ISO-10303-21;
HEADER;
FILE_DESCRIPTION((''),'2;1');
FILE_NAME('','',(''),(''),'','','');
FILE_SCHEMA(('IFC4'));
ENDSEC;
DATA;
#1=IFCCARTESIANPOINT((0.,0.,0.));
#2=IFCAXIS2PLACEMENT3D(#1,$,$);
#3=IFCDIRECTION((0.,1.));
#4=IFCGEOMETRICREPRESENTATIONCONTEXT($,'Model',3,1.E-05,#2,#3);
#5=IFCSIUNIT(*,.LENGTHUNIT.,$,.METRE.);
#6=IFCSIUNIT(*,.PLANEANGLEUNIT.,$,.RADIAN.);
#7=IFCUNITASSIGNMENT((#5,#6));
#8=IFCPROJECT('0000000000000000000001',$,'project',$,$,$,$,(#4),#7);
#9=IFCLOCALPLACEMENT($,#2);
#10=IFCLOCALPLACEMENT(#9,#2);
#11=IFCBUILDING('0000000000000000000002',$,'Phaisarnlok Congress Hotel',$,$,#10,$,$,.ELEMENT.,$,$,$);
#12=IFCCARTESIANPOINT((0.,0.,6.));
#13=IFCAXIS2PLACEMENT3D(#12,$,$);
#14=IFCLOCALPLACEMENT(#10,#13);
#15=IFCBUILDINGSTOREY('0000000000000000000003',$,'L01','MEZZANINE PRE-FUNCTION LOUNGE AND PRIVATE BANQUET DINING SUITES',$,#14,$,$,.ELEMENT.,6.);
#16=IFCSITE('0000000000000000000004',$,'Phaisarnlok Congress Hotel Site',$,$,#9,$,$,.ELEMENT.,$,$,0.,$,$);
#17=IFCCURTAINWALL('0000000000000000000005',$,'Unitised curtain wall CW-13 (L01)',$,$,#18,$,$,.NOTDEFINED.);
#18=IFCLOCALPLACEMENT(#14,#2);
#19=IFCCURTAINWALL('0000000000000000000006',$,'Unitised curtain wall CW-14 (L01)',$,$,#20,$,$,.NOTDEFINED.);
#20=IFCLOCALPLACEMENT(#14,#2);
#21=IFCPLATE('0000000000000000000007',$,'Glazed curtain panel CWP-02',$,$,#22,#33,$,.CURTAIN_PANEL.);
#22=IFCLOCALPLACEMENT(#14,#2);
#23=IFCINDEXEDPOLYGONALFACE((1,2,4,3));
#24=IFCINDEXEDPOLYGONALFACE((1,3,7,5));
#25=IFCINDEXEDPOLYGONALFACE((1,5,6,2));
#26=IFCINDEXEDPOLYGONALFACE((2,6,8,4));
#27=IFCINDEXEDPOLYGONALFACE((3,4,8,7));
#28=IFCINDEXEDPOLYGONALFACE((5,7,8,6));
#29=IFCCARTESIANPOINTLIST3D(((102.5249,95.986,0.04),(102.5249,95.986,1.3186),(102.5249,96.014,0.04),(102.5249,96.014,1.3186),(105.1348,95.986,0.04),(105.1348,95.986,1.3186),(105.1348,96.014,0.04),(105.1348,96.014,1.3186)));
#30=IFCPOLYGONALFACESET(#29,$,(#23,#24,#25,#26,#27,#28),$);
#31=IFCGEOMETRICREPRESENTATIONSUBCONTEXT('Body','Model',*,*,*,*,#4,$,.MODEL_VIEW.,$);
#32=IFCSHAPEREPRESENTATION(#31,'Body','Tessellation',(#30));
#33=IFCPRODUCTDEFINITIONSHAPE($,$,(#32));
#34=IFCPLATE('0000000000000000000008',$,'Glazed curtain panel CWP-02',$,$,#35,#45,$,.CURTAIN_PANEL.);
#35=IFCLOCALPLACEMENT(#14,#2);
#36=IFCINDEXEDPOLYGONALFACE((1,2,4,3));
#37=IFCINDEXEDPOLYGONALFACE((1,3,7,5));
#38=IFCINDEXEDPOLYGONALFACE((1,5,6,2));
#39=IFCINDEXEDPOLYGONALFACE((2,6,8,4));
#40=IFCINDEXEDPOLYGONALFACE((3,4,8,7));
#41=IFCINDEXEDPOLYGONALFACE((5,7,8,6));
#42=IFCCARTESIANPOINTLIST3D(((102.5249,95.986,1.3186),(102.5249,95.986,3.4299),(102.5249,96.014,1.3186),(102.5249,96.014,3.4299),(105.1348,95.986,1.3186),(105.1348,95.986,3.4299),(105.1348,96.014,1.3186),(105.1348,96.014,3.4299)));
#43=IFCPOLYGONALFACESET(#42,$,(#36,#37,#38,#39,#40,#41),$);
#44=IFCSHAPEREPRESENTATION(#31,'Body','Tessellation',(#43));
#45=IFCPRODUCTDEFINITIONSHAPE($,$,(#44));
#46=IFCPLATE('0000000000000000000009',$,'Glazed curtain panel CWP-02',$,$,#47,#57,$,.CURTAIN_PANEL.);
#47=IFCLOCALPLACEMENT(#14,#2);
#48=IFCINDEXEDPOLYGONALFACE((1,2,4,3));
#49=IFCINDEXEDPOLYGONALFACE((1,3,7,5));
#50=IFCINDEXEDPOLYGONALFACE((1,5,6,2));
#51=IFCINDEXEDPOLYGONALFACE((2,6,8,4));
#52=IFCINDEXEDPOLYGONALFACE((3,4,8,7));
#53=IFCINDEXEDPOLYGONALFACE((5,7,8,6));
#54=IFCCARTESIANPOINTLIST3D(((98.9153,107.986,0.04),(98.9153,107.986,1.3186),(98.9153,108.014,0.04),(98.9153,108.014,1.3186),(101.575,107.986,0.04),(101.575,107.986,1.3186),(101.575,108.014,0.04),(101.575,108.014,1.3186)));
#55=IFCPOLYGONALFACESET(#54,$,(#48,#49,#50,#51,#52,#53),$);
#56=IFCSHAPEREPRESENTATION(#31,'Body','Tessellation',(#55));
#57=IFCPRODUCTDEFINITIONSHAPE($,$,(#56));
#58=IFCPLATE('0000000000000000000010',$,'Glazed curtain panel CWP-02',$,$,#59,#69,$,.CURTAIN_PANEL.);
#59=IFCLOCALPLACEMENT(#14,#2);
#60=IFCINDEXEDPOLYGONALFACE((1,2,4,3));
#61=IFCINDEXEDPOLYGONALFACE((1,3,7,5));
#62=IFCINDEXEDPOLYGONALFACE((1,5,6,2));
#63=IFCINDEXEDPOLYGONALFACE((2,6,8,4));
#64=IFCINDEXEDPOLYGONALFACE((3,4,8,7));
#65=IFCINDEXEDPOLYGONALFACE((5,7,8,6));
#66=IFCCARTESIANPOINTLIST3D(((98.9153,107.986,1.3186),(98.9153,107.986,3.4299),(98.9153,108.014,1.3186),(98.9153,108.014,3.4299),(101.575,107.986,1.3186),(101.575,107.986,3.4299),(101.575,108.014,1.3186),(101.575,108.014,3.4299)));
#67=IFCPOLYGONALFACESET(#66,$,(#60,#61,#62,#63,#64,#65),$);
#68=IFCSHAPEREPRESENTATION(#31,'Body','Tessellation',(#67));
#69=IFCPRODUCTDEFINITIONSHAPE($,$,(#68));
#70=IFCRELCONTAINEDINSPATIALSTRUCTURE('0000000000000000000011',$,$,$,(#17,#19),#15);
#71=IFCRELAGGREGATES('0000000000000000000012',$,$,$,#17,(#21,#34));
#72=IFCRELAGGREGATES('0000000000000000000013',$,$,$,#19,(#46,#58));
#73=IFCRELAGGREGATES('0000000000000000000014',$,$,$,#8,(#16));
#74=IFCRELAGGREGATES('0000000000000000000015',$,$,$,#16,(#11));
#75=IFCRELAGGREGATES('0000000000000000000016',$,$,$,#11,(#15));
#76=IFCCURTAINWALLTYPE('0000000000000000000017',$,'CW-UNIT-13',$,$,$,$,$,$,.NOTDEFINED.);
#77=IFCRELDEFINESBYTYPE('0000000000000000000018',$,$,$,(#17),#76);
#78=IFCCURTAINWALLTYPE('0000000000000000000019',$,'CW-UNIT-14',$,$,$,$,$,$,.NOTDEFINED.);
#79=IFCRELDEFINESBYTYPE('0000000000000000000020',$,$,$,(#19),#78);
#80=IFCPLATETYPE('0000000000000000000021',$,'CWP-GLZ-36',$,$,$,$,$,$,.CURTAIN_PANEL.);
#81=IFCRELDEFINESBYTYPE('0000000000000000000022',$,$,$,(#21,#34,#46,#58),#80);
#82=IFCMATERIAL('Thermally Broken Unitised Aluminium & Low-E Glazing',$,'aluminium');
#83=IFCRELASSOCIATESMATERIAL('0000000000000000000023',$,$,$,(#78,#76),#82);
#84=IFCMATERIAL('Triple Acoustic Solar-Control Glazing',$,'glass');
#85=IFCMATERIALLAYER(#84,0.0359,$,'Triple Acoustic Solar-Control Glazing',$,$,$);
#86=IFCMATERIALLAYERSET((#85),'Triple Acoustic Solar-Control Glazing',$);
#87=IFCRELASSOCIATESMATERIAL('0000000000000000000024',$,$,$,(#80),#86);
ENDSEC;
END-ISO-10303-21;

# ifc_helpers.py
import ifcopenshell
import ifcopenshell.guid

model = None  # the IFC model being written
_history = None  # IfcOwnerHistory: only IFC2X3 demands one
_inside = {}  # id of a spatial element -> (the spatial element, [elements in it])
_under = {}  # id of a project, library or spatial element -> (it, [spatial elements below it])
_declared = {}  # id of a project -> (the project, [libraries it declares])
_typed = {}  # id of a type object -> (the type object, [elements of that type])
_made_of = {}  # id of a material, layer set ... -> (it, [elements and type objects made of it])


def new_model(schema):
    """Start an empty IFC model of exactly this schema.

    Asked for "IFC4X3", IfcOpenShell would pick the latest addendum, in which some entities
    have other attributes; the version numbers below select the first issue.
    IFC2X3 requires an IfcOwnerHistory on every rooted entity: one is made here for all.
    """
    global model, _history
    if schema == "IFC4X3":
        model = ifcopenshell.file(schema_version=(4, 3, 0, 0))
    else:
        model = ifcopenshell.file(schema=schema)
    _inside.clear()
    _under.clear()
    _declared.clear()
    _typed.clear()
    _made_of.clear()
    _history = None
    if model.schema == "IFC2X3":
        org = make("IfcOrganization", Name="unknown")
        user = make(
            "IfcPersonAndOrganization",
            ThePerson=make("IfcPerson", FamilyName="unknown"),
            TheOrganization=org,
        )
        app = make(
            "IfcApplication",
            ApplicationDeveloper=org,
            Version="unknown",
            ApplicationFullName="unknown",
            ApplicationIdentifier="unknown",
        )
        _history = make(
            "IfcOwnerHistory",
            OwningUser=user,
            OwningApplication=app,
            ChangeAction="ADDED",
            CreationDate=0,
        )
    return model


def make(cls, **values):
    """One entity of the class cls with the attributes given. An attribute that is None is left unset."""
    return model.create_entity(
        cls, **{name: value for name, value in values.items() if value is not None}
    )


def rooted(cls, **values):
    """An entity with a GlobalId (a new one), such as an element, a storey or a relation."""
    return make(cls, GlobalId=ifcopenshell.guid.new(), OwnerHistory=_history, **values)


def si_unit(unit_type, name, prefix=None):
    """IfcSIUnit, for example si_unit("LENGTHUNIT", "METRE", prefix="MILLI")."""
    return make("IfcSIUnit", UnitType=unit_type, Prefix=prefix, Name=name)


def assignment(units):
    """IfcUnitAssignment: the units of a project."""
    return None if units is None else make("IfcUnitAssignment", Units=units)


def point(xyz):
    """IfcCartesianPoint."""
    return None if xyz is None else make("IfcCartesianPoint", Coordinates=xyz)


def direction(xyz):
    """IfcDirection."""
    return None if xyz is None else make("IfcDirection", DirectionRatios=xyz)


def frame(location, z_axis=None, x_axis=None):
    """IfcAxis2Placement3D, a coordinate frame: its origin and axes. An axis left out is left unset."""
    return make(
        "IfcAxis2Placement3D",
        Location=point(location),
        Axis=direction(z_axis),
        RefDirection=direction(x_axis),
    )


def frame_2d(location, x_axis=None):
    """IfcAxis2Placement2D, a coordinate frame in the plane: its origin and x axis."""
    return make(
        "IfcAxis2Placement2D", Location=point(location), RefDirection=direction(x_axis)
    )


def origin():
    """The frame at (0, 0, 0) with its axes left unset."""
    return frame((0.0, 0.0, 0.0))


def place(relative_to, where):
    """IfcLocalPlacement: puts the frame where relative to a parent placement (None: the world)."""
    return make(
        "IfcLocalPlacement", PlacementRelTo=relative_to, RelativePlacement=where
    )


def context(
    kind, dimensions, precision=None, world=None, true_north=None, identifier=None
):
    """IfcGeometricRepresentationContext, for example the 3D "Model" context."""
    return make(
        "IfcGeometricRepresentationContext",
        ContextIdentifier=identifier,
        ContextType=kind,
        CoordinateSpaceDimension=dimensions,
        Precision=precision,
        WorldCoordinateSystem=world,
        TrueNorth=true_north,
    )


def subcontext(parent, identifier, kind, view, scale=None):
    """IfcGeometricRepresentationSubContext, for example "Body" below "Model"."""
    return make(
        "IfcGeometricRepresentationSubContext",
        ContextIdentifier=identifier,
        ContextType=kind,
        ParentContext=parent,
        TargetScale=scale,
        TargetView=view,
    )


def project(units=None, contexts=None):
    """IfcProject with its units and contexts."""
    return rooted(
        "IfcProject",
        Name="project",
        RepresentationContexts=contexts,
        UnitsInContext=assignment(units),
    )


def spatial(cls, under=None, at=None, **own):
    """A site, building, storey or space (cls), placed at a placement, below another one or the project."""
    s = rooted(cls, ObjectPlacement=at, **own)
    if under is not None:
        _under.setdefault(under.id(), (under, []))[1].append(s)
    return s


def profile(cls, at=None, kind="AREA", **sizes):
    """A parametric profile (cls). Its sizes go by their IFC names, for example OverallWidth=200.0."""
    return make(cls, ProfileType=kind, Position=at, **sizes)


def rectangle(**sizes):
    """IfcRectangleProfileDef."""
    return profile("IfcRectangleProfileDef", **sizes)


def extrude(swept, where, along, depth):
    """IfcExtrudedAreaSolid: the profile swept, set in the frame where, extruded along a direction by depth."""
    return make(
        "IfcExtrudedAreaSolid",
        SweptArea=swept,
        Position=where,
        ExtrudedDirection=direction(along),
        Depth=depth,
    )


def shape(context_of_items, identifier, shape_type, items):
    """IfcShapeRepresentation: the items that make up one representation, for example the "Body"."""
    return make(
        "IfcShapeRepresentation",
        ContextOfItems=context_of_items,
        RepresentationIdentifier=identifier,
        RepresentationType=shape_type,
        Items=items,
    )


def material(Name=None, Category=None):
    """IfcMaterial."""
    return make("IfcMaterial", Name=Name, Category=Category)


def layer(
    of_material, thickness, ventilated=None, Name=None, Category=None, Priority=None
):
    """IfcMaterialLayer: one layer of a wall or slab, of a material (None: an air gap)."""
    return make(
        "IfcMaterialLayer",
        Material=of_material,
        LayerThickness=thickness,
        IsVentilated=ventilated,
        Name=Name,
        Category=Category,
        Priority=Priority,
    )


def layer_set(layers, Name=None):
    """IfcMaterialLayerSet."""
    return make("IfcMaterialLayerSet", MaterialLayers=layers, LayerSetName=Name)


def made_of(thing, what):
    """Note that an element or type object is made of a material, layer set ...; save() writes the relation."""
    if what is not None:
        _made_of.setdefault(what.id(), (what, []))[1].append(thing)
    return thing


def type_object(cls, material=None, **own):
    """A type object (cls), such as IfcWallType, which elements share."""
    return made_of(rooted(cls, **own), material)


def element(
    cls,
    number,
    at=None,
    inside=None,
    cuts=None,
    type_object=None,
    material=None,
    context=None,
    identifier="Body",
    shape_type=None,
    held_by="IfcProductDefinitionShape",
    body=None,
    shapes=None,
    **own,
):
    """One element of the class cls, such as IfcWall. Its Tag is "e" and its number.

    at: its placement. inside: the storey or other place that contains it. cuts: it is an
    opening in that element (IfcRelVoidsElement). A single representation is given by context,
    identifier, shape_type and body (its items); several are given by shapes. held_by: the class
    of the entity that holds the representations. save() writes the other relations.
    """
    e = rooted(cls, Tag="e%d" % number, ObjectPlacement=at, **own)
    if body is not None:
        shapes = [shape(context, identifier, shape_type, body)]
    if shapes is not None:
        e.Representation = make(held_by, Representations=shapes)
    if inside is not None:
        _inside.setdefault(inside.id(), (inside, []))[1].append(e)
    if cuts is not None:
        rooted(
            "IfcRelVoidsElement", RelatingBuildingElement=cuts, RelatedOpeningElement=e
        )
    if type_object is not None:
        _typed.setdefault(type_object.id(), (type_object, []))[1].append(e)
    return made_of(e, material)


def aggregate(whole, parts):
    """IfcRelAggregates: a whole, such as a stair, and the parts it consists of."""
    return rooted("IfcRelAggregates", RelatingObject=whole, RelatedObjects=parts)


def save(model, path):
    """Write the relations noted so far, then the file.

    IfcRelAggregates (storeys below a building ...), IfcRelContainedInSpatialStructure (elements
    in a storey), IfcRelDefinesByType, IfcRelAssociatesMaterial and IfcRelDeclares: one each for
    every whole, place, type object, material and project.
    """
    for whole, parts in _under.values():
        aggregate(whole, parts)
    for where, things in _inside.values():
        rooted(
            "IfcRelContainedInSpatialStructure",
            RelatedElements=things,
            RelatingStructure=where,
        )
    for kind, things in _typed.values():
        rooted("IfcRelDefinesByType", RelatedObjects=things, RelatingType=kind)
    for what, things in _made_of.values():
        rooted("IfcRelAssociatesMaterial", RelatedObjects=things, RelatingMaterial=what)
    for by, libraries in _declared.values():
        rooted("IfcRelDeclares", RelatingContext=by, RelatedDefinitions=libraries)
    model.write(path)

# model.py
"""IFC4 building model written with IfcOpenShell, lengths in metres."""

from ifc_helpers import new_model, si_unit, direction, frame, frame_2d, origin, place, context, subcontext, project, spatial, rectangle, extrude, material, layer, layer_set, type_object, element, aggregate, save


model = new_model("IFC4")

# Units and contexts
model_context = context("Model", 3, precision=1e-05, world=origin(), true_north=direction((0.0, 1.0)))
body_context = subcontext(model_context, "Body", "Model", "MODEL_VIEW")
ifc_project = project(units=[si_unit("LENGTHUNIT", "METRE"), si_unit("PLANEANGLEUNIT", "RADIAN")], contexts=[model_context])

# Site, building, storey
site_placement = place(None, origin())
site = spatial("IfcSite", under=ifc_project, at=site_placement, Name="Phaisarnlok Congress Hotel Site", CompositionType="ELEMENT", RefElevation=0.0)
building_placement = place(site_placement, origin())
building = spatial("IfcBuilding", under=site, at=building_placement, Name="Phaisarnlok Congress Hotel", CompositionType="ELEMENT")
storey_placement = place(building_placement, frame((0.0, 0.0, 6.0)))
storey = spatial("IfcBuildingStorey", under=building, at=storey_placement, Name="L01", Description="MEZZANINE PRE-FUNCTION LOUNGE AND PRIVATE BANQUET DINING SUITES", CompositionType="ELEMENT", Elevation=6.0)

# Shared definitions
ifc_material_1 = material(Name="Thermally Broken Unitised Aluminium & Low-E Glazing", Category="aluminium")
curtain_wall_type_1 = type_object("IfcCurtainWallType", Name="CW-UNIT-14", PredefinedType="NOTDEFINED", material=ifc_material_1)

# Curtain walls
curtain_wall_type_2 = type_object("IfcCurtainWallType", Name="CW-UNIT-13", PredefinedType="NOTDEFINED", material=ifc_material_1)
curtain_wall_1_placement = place(storey_placement, origin())
curtain_wall_1 = element("IfcCurtainWall", 1, at=curtain_wall_1_placement, inside=storey, type_object=curtain_wall_type_2, Name="Unitised curtain wall CW-13 (L01)", PredefinedType="NOTDEFINED")
curtain_wall_2_placement = place(storey_placement, origin())
curtain_wall_2 = element("IfcCurtainWall", 2, at=curtain_wall_2_placement, inside=storey, type_object=curtain_wall_type_1, Name="Unitised curtain wall CW-14 (L01)", PredefinedType="NOTDEFINED")

# Plates
ifc_material_2 = material(Name="Triple Acoustic Solar-Control Glazing", Category="glass")
ifc_layer = layer(ifc_material_2, 0.0359, Name="Triple Acoustic Solar-Control Glazing")
ifc_layer_set = layer_set([ifc_layer], Name="Triple Acoustic Solar-Control Glazing")
plate_type = type_object("IfcPlateType", Name="CWP-GLZ-36", PredefinedType="CURTAIN_PANEL", material=ifc_layer_set)
plate_1_placement = place(storey_placement, frame((105.1348, 96.0, 0.04), z_axis=(0.0, 0.0, 1.0), x_axis=(-1.0, 0.0, 0.0)))
plate_1 = element("IfcPlate", 3, at=plate_1_placement, type_object=plate_type, Name="Glazed curtain panel CWP-02", PredefinedType="CURTAIN_PANEL", context=body_context, shape_type="SweptSolid", body=[
    extrude(rectangle(XDim=2.6099, YDim=0.0281, at=frame_2d((1.3049, 0.0))), origin(), (0.0, 0.0, 1.0), 1.2786),
])
plate_2_placement = place(storey_placement, frame((105.1348, 96.0, 1.3186), z_axis=(0.0, 0.0, 1.0), x_axis=(-1.0, 0.0, 0.0)))
plate_2 = element("IfcPlate", 4, at=plate_2_placement, type_object=plate_type, Name="Glazed curtain panel CWP-02", PredefinedType="CURTAIN_PANEL", context=body_context, shape_type="SweptSolid", body=[
    extrude(rectangle(XDim=2.6099, YDim=0.0281, at=frame_2d((1.3049, 0.0))), origin(), (0.0, 0.0, 1.0), 2.1113),
])
aggregate(curtain_wall_1, [plate_1, plate_2])
plate_3_placement = place(storey_placement, frame((98.9153, 108.0, 0.04), z_axis=(0.0, 0.0, 1.0), x_axis=(1.0, 0.0, 0.0)))
plate_3 = element("IfcPlate", 5, at=plate_3_placement, type_object=plate_type, Name="Glazed curtain panel CWP-02", PredefinedType="CURTAIN_PANEL", context=body_context, shape_type="SweptSolid", body=[
    extrude(rectangle(XDim=2.6597, YDim=0.0281, at=frame_2d((1.3298, 0.0))), origin(), (0.0, 0.0, 1.0), 1.2786),
])
plate_4_placement = place(storey_placement, frame((98.9153, 108.0, 1.3186), z_axis=(0.0, 0.0, 1.0), x_axis=(1.0, 0.0, 0.0)))
plate_4 = element("IfcPlate", 6, at=plate_4_placement, type_object=plate_type, Name="Glazed curtain panel CWP-02", PredefinedType="CURTAIN_PANEL", context=body_context, shape_type="SweptSolid", body=[
    extrude(rectangle(XDim=2.6597, YDim=0.0281, at=frame_2d((1.3298, 0.0))), origin(), (0.0, 0.0, 1.0), 2.1113),
])
aggregate(curtain_wall_2, [plate_3, plate_4])

save(model, "model.ifc")
